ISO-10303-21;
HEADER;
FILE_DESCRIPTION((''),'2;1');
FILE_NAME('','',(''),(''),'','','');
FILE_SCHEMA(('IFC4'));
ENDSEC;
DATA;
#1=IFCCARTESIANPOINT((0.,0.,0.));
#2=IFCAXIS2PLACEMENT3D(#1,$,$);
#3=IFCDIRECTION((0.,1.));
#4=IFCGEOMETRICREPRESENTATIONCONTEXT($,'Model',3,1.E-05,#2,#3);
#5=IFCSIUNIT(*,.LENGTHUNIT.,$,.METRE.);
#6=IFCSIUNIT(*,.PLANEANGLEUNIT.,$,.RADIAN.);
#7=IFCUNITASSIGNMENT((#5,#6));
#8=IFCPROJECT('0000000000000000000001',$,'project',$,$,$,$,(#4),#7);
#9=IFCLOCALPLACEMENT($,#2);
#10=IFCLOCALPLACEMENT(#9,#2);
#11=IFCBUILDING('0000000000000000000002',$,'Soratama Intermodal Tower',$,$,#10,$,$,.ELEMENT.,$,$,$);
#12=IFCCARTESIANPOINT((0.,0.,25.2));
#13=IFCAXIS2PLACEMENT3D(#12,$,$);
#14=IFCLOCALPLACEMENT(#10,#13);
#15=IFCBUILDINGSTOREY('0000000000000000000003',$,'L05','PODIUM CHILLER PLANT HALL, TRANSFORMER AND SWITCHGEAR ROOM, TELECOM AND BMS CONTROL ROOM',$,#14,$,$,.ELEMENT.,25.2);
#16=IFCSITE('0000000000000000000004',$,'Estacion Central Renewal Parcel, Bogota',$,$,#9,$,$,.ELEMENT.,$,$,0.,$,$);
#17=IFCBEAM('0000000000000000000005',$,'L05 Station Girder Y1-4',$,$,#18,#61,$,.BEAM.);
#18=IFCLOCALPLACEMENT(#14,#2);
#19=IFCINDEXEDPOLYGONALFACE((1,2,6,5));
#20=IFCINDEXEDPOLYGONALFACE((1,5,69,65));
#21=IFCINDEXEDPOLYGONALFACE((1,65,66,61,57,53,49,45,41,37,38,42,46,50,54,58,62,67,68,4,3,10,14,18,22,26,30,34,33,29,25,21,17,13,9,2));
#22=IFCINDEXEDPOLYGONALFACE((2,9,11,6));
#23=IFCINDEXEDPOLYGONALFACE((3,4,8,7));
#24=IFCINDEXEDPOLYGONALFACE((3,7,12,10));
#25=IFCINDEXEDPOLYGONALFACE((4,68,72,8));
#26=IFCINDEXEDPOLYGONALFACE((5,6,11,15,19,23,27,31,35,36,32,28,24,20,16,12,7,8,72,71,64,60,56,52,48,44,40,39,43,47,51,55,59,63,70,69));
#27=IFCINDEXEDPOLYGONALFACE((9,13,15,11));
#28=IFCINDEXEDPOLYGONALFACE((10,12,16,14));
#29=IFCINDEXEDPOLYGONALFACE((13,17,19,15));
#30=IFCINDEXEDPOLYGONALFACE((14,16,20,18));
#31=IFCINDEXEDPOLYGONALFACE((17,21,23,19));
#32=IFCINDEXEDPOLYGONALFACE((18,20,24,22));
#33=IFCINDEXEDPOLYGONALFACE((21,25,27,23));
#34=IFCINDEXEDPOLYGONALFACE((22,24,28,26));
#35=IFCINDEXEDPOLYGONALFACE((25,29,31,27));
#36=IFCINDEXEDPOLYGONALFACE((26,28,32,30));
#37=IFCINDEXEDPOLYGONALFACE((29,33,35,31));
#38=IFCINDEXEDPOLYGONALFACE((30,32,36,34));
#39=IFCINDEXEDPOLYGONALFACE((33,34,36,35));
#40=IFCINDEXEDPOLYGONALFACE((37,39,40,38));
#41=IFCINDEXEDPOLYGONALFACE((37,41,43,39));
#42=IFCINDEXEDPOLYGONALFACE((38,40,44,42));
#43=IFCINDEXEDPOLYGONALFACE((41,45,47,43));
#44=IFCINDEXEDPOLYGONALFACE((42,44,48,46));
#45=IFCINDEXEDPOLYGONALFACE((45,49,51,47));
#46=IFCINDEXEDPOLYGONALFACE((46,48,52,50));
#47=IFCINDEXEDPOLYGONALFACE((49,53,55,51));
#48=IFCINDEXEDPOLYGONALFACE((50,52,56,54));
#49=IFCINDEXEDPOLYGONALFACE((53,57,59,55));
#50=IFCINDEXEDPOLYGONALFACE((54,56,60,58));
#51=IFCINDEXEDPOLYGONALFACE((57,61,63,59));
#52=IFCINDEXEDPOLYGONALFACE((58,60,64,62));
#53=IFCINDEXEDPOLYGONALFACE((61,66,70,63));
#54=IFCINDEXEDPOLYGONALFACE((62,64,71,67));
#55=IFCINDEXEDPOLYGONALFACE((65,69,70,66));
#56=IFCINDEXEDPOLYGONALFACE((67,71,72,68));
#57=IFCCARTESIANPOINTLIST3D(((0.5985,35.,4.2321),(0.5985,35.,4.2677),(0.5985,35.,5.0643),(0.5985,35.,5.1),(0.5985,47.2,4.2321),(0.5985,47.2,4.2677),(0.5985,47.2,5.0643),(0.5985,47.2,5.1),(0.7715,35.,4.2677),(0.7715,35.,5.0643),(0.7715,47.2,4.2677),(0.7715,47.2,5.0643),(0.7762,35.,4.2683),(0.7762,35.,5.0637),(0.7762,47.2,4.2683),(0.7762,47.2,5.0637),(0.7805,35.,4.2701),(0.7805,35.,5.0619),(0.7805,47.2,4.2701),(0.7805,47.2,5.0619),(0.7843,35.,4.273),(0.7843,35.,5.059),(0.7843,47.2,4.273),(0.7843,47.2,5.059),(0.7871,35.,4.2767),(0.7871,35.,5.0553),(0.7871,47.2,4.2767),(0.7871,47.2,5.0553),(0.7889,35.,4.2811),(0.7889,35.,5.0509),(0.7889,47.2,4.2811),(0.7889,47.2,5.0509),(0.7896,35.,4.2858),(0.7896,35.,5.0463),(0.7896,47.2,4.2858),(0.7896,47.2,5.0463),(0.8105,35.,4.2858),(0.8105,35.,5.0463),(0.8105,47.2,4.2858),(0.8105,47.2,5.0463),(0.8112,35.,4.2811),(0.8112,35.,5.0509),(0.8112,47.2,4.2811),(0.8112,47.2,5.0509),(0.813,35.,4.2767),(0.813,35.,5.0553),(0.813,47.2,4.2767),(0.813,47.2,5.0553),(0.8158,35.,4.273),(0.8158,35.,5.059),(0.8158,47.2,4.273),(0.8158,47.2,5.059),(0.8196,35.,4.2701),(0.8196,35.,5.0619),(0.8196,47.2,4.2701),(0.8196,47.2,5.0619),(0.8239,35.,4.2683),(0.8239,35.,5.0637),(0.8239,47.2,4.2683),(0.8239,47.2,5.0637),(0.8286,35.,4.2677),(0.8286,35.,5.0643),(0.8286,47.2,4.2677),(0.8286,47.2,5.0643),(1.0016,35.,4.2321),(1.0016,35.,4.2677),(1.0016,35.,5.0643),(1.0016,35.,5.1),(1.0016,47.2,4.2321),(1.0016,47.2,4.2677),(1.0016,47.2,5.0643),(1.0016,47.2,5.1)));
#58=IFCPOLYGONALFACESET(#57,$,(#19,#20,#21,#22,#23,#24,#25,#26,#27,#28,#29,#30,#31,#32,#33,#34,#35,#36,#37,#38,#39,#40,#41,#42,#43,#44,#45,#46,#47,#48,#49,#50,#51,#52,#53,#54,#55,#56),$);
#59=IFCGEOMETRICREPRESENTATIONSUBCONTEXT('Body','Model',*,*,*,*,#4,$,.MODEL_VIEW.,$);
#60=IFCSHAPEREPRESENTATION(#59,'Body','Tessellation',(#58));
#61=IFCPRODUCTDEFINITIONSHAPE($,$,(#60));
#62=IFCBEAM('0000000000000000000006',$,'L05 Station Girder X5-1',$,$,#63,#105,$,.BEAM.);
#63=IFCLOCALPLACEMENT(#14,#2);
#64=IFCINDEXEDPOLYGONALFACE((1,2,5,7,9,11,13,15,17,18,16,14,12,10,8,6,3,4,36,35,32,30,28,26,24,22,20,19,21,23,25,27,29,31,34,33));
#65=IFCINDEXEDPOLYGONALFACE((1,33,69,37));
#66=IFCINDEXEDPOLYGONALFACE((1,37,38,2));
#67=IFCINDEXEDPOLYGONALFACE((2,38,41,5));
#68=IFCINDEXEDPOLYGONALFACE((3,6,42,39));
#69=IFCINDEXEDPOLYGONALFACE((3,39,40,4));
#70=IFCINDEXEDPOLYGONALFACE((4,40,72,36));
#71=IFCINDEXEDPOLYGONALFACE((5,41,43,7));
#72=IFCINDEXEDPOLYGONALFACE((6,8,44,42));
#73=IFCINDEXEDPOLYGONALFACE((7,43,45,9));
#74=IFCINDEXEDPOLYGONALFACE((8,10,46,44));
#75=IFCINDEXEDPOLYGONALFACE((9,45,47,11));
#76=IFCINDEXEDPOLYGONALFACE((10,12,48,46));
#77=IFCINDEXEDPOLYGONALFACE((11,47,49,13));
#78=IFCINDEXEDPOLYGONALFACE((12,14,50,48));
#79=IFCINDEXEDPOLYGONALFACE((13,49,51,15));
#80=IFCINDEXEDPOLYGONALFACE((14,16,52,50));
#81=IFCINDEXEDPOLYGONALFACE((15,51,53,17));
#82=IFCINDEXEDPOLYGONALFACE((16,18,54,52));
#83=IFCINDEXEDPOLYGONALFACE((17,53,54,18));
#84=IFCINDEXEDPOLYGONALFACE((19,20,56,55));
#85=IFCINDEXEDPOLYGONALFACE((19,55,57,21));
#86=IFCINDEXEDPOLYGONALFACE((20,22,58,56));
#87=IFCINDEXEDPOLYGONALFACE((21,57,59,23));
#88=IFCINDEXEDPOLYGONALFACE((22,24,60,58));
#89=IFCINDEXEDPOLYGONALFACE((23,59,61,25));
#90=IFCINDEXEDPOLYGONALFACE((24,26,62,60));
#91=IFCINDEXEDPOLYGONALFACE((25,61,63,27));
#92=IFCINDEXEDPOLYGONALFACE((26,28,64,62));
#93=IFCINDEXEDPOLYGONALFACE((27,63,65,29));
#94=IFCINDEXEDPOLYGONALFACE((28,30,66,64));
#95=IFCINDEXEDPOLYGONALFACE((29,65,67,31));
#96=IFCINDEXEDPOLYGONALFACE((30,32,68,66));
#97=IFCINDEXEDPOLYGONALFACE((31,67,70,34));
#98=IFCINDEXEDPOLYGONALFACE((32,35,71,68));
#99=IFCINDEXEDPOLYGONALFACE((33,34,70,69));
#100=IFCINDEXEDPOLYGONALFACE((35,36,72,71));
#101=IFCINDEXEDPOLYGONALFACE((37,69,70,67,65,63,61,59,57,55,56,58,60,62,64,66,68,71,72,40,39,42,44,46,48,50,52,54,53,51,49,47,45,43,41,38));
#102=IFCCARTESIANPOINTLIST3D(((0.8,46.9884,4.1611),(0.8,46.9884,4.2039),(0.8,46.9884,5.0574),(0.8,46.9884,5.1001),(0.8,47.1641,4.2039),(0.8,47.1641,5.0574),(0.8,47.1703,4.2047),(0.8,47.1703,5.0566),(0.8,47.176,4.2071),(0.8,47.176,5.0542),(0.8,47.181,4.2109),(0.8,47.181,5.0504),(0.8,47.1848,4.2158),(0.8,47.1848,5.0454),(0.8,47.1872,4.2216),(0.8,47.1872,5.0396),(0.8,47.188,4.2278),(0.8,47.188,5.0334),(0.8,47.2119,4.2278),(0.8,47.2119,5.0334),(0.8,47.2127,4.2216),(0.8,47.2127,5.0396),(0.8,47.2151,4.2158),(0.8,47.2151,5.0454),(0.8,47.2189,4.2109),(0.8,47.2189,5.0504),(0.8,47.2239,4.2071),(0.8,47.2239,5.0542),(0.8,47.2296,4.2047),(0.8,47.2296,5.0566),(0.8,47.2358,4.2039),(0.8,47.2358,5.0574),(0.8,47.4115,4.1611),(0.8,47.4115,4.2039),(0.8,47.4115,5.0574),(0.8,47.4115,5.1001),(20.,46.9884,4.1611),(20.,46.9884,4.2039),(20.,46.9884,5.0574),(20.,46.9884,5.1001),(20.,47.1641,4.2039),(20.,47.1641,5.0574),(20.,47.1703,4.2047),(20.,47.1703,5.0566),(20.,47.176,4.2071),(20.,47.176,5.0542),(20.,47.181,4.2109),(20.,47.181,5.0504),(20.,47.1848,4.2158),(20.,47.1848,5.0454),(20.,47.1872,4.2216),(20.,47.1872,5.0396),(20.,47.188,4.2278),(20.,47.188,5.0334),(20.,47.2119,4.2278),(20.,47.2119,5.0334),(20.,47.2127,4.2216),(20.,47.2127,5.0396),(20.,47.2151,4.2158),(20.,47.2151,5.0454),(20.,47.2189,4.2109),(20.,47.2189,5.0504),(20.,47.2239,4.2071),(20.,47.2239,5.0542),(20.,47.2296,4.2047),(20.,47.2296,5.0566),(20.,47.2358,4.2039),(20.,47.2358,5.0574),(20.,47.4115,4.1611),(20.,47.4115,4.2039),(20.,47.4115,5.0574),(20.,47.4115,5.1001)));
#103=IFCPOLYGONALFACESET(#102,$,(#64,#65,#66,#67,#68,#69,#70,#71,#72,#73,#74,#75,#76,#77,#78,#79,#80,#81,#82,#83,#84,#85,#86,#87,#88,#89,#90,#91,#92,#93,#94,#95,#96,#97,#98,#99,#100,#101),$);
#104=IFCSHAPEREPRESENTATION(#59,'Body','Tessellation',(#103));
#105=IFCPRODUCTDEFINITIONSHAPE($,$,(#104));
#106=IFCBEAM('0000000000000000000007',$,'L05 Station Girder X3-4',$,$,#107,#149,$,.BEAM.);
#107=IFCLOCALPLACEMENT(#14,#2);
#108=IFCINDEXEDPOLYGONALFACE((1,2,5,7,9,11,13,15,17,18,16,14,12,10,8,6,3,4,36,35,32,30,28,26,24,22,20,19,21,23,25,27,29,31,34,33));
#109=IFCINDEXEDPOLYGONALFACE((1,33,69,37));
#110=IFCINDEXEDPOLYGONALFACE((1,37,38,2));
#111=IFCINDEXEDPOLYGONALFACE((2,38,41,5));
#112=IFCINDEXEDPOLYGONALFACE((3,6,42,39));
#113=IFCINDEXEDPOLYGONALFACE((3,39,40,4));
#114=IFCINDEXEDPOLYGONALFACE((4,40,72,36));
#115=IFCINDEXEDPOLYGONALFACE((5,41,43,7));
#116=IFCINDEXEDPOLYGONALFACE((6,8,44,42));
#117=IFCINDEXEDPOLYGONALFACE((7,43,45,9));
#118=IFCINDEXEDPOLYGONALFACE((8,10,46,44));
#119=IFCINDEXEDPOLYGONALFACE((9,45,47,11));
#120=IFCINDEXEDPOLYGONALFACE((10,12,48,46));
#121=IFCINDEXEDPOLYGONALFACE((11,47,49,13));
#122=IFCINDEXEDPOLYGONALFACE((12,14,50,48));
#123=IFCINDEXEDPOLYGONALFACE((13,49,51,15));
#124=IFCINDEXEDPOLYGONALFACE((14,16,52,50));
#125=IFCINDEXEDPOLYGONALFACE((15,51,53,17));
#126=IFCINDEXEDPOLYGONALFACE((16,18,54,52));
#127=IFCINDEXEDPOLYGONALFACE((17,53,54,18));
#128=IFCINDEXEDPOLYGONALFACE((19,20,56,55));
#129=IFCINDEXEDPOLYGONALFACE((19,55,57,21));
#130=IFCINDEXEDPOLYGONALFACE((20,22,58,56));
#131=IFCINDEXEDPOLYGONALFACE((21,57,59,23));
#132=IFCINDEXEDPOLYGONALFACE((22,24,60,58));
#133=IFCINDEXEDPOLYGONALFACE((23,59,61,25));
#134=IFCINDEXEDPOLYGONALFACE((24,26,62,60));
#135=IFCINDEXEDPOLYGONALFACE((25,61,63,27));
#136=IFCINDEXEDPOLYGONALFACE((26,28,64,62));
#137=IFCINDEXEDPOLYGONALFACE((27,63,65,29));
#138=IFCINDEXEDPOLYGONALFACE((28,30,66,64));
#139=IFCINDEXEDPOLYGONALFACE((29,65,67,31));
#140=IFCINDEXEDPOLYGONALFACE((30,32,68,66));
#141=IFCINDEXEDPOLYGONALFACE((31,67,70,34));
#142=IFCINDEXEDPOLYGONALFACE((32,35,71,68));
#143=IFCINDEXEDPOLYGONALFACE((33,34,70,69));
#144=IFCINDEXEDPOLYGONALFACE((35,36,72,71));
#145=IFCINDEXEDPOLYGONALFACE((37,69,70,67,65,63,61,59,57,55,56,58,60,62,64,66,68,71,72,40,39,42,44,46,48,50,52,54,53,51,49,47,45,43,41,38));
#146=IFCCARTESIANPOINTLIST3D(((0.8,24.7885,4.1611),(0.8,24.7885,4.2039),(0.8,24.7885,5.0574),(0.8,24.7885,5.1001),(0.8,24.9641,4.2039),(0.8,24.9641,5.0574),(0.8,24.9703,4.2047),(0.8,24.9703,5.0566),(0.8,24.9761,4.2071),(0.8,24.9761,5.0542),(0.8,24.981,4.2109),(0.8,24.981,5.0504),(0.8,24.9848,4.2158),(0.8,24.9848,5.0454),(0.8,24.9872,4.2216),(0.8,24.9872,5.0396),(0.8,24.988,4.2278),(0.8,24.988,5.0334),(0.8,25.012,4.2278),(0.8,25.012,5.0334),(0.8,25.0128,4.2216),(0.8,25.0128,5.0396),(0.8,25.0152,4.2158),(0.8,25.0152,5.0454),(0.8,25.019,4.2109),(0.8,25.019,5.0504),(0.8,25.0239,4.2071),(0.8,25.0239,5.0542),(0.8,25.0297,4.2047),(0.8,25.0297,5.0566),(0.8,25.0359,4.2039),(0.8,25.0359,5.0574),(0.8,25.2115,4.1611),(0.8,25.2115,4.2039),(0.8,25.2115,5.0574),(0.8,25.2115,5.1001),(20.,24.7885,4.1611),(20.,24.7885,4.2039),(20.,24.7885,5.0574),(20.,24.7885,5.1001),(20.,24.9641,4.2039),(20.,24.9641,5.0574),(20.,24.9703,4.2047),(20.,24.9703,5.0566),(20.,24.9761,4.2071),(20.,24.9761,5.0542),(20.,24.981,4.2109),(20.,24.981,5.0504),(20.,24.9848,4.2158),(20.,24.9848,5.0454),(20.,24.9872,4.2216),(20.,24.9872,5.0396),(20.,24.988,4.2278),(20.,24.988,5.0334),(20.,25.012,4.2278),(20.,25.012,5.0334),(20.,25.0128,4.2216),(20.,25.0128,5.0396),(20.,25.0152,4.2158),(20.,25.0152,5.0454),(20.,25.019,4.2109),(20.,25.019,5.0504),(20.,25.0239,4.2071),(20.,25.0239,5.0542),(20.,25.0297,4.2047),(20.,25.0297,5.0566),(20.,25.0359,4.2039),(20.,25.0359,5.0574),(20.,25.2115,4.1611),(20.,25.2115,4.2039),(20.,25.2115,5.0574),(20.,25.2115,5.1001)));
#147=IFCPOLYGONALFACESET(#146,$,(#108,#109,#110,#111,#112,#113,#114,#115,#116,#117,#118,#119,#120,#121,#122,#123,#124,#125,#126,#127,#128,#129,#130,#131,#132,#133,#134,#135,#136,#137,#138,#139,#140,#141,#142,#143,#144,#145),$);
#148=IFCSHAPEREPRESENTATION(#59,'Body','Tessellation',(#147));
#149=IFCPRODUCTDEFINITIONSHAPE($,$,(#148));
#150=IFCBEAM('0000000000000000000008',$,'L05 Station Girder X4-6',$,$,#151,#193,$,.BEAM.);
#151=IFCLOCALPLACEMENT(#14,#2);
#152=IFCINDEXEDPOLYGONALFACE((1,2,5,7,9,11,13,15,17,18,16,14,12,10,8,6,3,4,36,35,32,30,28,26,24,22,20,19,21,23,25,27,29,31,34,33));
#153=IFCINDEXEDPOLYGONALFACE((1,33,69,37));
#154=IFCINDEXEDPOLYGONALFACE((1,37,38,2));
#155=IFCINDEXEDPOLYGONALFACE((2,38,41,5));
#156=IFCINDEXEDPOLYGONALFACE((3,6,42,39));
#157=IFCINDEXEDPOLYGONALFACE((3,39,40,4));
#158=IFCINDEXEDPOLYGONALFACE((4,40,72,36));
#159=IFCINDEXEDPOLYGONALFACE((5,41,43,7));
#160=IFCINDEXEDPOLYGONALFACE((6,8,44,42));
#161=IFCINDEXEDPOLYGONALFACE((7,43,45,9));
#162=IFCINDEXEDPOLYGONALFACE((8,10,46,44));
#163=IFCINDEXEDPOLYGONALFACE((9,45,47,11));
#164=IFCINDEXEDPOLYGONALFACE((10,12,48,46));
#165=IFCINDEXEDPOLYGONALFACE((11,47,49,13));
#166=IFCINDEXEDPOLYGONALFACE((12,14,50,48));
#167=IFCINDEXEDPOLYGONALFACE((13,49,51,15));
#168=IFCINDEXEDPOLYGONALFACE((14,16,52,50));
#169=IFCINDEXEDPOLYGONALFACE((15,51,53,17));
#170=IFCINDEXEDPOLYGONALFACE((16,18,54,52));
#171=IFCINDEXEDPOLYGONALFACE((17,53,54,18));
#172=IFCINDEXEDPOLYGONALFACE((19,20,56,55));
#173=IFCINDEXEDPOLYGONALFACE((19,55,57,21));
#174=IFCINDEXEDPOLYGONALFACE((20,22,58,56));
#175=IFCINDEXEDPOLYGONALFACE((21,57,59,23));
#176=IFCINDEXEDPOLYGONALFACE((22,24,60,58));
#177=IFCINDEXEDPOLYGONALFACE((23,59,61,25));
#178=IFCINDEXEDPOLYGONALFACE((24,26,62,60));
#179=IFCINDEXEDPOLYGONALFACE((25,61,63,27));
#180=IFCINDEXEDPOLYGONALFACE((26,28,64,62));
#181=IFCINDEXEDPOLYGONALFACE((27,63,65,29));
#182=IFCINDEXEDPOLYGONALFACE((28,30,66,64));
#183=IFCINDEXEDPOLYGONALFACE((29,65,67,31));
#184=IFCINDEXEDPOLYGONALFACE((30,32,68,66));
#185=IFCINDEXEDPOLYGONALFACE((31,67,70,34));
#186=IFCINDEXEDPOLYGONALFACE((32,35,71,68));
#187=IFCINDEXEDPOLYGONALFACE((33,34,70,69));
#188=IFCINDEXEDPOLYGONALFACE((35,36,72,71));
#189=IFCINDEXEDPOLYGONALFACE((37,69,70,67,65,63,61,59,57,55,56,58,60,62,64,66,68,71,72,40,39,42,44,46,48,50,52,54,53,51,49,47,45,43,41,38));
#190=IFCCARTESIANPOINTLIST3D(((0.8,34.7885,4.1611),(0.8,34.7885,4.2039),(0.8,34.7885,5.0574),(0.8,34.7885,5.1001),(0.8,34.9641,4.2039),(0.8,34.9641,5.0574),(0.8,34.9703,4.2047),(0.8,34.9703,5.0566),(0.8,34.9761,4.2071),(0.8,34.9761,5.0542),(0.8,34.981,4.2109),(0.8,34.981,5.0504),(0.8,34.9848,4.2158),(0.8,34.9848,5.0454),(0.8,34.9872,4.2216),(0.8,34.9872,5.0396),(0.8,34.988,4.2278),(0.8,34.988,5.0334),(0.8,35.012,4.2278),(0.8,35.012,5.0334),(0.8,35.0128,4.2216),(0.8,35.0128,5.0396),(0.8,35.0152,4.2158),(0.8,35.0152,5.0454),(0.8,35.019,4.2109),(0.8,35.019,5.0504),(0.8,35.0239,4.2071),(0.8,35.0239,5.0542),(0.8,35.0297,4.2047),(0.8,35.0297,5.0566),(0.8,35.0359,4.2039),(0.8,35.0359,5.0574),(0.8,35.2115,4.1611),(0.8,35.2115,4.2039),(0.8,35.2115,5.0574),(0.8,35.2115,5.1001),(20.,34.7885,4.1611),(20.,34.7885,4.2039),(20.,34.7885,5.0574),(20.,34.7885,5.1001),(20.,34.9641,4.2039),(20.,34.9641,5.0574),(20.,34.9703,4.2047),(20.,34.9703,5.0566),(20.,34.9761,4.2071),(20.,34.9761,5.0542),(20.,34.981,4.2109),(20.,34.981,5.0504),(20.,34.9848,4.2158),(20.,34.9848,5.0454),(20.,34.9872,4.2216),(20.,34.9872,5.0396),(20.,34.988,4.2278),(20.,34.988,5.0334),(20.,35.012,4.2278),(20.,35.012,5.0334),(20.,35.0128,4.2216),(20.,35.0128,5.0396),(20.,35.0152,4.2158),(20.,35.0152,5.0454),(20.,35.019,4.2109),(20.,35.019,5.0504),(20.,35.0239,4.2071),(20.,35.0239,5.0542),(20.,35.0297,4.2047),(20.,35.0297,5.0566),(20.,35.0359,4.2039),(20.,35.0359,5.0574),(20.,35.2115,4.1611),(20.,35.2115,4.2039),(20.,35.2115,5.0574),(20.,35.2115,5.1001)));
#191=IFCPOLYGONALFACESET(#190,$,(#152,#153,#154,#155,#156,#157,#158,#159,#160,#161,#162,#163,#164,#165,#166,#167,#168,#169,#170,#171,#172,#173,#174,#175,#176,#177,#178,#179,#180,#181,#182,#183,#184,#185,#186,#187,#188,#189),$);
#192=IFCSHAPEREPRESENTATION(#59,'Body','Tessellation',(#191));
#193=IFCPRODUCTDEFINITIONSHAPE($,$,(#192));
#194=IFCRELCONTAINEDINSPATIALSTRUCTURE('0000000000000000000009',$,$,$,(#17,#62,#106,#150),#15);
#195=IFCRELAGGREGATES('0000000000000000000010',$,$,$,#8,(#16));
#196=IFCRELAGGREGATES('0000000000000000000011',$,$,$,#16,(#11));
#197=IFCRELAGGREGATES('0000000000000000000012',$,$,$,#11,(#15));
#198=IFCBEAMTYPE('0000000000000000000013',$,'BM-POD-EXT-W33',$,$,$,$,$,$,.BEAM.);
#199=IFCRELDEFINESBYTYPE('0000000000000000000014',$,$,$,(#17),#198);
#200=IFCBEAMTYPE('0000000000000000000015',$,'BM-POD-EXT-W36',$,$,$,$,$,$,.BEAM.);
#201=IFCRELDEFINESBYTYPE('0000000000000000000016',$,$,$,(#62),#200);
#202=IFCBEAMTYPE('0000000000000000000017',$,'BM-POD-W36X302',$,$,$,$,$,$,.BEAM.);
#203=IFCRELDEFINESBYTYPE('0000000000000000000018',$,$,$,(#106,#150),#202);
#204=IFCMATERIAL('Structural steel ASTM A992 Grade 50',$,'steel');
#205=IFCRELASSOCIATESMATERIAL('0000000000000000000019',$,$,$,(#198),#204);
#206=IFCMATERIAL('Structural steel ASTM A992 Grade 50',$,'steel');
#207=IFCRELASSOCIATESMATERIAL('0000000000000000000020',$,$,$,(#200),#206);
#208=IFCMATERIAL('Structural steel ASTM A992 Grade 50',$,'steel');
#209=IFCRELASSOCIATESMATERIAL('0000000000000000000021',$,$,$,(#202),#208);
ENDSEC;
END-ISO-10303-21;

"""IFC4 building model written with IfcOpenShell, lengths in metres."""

from ifc_helpers import new_model, si_unit, direction, frame, origin, origin_2d, place, context, subcontext, project, spatial, i_section, extrude, material, material_profile, profile_set, type_object, element, save


model = new_model("IFC4")

# Units and contexts
model_context = context("Model", 3, precision=1e-05, world=origin(), true_north=direction((0.0, 1.0)))
body_context = subcontext(model_context, "Body", "Model", "MODEL_VIEW")
ifc_project = project(units=[si_unit("LENGTHUNIT", "METRE"), si_unit("PLANEANGLEUNIT", "RADIAN")], contexts=[model_context])

# Site, building, storey
site_placement = place(None, origin())
site = spatial("IfcSite", under=ifc_project, at=site_placement, Name="Estacion Central Renewal Parcel, Bogota", CompositionType="ELEMENT", RefElevation=0.0)
building_placement = place(site_placement, origin())
building = spatial("IfcBuilding", under=site, at=building_placement, Name="Soratama Intermodal Tower", CompositionType="ELEMENT")
storey_placement = place(building_placement, frame((0.0, 0.0, 25.2)))
storey = spatial("IfcBuildingStorey", under=building, at=storey_placement, Name="L05", Description="PODIUM CHILLER PLANT HALL, TRANSFORMER AND SWITCHGEAR ROOM, TELECOM AND BMS CONTROL ROOM", CompositionType="ELEMENT", Elevation=25.2)

# Beams
ifc_material_1 = material(Name="Structural steel ASTM A992 Grade 50", Category="steel")
ifc_material_profile_1 = material_profile(ifc_material_1, i_section(OverallWidth=0.4031, OverallDepth=0.8679, WebThickness=0.021, FlangeThickness=0.0356, FilletRadius=0.0181, at=origin_2d()), Name="W33X241")
ifc_profile_set_1 = profile_set([ifc_material_profile_1], Name="Structural steel ASTM A992 Grade 50")
beam_type_1 = type_object("IfcBeamType", Name="BM-POD-EXT-W33", PredefinedType="BEAM", material=ifc_profile_set_1)
beam_1_placement = place(storey_placement, frame((0.8, 35.0, 4.666), z_axis=(0.0, 1.0, 0.0), x_axis=(-1.0, 0.0, 0.0)))
element("IfcBeam", 1, at=beam_1_placement, inside=storey, type_object=beam_type_1, Name="L05 Station Girder Y1-4", PredefinedType="BEAM", context=body_context, shape_type="SweptSolid", body=[
    extrude(i_section(OverallWidth=0.4031, OverallDepth=0.8679, WebThickness=0.021, FlangeThickness=0.0356, FilletRadius=0.0181, at=origin_2d()), origin(), (0.0, 0.0, 1.0), 12.2),
])
ifc_material_2 = material(Name="Structural steel ASTM A992 Grade 50", Category="steel")
ifc_material_profile_2 = material_profile(ifc_material_2, i_section(OverallWidth=0.4231, OverallDepth=0.939, WebThickness=0.0239, FlangeThickness=0.0427, FilletRadius=0.0239, at=origin_2d()), Name="W36X302")
ifc_profile_set_2 = profile_set([ifc_material_profile_2], Name="Structural steel ASTM A992 Grade 50")
beam_type_2 = type_object("IfcBeamType", Name="BM-POD-EXT-W36", PredefinedType="BEAM", material=ifc_profile_set_2)
beam_2_placement = place(storey_placement, frame((0.8, 47.2, 4.6306), z_axis=(1.0, 0.0, 0.0), x_axis=(0.0, 1.0, 0.0)))
element("IfcBeam", 2, at=beam_2_placement, inside=storey, type_object=beam_type_2, Name="L05 Station Girder X5-1", PredefinedType="BEAM", context=body_context, shape_type="SweptSolid", body=[
    extrude(i_section(OverallWidth=0.4231, OverallDepth=0.939, WebThickness=0.0239, FlangeThickness=0.0427, FilletRadius=0.0239, at=origin_2d()), origin(), (0.0, 0.0, 1.0), 19.2),
])
ifc_material_3 = material(Name="Structural steel ASTM A992 Grade 50", Category="steel")
ifc_material_profile_3 = material_profile(ifc_material_3, i_section(OverallWidth=0.4231, OverallDepth=0.939, WebThickness=0.0239, FlangeThickness=0.0427, FilletRadius=0.0239, at=origin_2d()), Name="W36X302")
ifc_profile_set_3 = profile_set([ifc_material_profile_3], Name="Structural steel ASTM A992 Grade 50")
beam_type_3 = type_object("IfcBeamType", Name="BM-POD-W36X302", PredefinedType="BEAM", material=ifc_profile_set_3)
for number, where, z_axis, x_axis, name in (
    (3, (0.8, 25.0, 4.6306), (1.0, 0.0, 0.0), (0.0, 1.0, 0.0), "L05 Station Girder X3-4"),
    (4, (0.8, 35.0, 4.6306), (1.0, 0.0, 0.0), (0.0, 1.0, 0.0), "L05 Station Girder X4-6"),
):
    element("IfcBeam", number, at=place(storey_placement, frame(where, z_axis=z_axis, x_axis=x_axis)), inside=storey, type_object=beam_type_3, Name=name, PredefinedType="BEAM", context=body_context, shape_type="SweptSolid", body=[
        extrude(i_section(OverallWidth=0.4231, OverallDepth=0.939, WebThickness=0.0239, FlangeThickness=0.0427, FilletRadius=0.0239, at=origin_2d()), origin(), (0.0, 0.0, 1.0), 19.2),
    ])

save(model, "model.ifc")
